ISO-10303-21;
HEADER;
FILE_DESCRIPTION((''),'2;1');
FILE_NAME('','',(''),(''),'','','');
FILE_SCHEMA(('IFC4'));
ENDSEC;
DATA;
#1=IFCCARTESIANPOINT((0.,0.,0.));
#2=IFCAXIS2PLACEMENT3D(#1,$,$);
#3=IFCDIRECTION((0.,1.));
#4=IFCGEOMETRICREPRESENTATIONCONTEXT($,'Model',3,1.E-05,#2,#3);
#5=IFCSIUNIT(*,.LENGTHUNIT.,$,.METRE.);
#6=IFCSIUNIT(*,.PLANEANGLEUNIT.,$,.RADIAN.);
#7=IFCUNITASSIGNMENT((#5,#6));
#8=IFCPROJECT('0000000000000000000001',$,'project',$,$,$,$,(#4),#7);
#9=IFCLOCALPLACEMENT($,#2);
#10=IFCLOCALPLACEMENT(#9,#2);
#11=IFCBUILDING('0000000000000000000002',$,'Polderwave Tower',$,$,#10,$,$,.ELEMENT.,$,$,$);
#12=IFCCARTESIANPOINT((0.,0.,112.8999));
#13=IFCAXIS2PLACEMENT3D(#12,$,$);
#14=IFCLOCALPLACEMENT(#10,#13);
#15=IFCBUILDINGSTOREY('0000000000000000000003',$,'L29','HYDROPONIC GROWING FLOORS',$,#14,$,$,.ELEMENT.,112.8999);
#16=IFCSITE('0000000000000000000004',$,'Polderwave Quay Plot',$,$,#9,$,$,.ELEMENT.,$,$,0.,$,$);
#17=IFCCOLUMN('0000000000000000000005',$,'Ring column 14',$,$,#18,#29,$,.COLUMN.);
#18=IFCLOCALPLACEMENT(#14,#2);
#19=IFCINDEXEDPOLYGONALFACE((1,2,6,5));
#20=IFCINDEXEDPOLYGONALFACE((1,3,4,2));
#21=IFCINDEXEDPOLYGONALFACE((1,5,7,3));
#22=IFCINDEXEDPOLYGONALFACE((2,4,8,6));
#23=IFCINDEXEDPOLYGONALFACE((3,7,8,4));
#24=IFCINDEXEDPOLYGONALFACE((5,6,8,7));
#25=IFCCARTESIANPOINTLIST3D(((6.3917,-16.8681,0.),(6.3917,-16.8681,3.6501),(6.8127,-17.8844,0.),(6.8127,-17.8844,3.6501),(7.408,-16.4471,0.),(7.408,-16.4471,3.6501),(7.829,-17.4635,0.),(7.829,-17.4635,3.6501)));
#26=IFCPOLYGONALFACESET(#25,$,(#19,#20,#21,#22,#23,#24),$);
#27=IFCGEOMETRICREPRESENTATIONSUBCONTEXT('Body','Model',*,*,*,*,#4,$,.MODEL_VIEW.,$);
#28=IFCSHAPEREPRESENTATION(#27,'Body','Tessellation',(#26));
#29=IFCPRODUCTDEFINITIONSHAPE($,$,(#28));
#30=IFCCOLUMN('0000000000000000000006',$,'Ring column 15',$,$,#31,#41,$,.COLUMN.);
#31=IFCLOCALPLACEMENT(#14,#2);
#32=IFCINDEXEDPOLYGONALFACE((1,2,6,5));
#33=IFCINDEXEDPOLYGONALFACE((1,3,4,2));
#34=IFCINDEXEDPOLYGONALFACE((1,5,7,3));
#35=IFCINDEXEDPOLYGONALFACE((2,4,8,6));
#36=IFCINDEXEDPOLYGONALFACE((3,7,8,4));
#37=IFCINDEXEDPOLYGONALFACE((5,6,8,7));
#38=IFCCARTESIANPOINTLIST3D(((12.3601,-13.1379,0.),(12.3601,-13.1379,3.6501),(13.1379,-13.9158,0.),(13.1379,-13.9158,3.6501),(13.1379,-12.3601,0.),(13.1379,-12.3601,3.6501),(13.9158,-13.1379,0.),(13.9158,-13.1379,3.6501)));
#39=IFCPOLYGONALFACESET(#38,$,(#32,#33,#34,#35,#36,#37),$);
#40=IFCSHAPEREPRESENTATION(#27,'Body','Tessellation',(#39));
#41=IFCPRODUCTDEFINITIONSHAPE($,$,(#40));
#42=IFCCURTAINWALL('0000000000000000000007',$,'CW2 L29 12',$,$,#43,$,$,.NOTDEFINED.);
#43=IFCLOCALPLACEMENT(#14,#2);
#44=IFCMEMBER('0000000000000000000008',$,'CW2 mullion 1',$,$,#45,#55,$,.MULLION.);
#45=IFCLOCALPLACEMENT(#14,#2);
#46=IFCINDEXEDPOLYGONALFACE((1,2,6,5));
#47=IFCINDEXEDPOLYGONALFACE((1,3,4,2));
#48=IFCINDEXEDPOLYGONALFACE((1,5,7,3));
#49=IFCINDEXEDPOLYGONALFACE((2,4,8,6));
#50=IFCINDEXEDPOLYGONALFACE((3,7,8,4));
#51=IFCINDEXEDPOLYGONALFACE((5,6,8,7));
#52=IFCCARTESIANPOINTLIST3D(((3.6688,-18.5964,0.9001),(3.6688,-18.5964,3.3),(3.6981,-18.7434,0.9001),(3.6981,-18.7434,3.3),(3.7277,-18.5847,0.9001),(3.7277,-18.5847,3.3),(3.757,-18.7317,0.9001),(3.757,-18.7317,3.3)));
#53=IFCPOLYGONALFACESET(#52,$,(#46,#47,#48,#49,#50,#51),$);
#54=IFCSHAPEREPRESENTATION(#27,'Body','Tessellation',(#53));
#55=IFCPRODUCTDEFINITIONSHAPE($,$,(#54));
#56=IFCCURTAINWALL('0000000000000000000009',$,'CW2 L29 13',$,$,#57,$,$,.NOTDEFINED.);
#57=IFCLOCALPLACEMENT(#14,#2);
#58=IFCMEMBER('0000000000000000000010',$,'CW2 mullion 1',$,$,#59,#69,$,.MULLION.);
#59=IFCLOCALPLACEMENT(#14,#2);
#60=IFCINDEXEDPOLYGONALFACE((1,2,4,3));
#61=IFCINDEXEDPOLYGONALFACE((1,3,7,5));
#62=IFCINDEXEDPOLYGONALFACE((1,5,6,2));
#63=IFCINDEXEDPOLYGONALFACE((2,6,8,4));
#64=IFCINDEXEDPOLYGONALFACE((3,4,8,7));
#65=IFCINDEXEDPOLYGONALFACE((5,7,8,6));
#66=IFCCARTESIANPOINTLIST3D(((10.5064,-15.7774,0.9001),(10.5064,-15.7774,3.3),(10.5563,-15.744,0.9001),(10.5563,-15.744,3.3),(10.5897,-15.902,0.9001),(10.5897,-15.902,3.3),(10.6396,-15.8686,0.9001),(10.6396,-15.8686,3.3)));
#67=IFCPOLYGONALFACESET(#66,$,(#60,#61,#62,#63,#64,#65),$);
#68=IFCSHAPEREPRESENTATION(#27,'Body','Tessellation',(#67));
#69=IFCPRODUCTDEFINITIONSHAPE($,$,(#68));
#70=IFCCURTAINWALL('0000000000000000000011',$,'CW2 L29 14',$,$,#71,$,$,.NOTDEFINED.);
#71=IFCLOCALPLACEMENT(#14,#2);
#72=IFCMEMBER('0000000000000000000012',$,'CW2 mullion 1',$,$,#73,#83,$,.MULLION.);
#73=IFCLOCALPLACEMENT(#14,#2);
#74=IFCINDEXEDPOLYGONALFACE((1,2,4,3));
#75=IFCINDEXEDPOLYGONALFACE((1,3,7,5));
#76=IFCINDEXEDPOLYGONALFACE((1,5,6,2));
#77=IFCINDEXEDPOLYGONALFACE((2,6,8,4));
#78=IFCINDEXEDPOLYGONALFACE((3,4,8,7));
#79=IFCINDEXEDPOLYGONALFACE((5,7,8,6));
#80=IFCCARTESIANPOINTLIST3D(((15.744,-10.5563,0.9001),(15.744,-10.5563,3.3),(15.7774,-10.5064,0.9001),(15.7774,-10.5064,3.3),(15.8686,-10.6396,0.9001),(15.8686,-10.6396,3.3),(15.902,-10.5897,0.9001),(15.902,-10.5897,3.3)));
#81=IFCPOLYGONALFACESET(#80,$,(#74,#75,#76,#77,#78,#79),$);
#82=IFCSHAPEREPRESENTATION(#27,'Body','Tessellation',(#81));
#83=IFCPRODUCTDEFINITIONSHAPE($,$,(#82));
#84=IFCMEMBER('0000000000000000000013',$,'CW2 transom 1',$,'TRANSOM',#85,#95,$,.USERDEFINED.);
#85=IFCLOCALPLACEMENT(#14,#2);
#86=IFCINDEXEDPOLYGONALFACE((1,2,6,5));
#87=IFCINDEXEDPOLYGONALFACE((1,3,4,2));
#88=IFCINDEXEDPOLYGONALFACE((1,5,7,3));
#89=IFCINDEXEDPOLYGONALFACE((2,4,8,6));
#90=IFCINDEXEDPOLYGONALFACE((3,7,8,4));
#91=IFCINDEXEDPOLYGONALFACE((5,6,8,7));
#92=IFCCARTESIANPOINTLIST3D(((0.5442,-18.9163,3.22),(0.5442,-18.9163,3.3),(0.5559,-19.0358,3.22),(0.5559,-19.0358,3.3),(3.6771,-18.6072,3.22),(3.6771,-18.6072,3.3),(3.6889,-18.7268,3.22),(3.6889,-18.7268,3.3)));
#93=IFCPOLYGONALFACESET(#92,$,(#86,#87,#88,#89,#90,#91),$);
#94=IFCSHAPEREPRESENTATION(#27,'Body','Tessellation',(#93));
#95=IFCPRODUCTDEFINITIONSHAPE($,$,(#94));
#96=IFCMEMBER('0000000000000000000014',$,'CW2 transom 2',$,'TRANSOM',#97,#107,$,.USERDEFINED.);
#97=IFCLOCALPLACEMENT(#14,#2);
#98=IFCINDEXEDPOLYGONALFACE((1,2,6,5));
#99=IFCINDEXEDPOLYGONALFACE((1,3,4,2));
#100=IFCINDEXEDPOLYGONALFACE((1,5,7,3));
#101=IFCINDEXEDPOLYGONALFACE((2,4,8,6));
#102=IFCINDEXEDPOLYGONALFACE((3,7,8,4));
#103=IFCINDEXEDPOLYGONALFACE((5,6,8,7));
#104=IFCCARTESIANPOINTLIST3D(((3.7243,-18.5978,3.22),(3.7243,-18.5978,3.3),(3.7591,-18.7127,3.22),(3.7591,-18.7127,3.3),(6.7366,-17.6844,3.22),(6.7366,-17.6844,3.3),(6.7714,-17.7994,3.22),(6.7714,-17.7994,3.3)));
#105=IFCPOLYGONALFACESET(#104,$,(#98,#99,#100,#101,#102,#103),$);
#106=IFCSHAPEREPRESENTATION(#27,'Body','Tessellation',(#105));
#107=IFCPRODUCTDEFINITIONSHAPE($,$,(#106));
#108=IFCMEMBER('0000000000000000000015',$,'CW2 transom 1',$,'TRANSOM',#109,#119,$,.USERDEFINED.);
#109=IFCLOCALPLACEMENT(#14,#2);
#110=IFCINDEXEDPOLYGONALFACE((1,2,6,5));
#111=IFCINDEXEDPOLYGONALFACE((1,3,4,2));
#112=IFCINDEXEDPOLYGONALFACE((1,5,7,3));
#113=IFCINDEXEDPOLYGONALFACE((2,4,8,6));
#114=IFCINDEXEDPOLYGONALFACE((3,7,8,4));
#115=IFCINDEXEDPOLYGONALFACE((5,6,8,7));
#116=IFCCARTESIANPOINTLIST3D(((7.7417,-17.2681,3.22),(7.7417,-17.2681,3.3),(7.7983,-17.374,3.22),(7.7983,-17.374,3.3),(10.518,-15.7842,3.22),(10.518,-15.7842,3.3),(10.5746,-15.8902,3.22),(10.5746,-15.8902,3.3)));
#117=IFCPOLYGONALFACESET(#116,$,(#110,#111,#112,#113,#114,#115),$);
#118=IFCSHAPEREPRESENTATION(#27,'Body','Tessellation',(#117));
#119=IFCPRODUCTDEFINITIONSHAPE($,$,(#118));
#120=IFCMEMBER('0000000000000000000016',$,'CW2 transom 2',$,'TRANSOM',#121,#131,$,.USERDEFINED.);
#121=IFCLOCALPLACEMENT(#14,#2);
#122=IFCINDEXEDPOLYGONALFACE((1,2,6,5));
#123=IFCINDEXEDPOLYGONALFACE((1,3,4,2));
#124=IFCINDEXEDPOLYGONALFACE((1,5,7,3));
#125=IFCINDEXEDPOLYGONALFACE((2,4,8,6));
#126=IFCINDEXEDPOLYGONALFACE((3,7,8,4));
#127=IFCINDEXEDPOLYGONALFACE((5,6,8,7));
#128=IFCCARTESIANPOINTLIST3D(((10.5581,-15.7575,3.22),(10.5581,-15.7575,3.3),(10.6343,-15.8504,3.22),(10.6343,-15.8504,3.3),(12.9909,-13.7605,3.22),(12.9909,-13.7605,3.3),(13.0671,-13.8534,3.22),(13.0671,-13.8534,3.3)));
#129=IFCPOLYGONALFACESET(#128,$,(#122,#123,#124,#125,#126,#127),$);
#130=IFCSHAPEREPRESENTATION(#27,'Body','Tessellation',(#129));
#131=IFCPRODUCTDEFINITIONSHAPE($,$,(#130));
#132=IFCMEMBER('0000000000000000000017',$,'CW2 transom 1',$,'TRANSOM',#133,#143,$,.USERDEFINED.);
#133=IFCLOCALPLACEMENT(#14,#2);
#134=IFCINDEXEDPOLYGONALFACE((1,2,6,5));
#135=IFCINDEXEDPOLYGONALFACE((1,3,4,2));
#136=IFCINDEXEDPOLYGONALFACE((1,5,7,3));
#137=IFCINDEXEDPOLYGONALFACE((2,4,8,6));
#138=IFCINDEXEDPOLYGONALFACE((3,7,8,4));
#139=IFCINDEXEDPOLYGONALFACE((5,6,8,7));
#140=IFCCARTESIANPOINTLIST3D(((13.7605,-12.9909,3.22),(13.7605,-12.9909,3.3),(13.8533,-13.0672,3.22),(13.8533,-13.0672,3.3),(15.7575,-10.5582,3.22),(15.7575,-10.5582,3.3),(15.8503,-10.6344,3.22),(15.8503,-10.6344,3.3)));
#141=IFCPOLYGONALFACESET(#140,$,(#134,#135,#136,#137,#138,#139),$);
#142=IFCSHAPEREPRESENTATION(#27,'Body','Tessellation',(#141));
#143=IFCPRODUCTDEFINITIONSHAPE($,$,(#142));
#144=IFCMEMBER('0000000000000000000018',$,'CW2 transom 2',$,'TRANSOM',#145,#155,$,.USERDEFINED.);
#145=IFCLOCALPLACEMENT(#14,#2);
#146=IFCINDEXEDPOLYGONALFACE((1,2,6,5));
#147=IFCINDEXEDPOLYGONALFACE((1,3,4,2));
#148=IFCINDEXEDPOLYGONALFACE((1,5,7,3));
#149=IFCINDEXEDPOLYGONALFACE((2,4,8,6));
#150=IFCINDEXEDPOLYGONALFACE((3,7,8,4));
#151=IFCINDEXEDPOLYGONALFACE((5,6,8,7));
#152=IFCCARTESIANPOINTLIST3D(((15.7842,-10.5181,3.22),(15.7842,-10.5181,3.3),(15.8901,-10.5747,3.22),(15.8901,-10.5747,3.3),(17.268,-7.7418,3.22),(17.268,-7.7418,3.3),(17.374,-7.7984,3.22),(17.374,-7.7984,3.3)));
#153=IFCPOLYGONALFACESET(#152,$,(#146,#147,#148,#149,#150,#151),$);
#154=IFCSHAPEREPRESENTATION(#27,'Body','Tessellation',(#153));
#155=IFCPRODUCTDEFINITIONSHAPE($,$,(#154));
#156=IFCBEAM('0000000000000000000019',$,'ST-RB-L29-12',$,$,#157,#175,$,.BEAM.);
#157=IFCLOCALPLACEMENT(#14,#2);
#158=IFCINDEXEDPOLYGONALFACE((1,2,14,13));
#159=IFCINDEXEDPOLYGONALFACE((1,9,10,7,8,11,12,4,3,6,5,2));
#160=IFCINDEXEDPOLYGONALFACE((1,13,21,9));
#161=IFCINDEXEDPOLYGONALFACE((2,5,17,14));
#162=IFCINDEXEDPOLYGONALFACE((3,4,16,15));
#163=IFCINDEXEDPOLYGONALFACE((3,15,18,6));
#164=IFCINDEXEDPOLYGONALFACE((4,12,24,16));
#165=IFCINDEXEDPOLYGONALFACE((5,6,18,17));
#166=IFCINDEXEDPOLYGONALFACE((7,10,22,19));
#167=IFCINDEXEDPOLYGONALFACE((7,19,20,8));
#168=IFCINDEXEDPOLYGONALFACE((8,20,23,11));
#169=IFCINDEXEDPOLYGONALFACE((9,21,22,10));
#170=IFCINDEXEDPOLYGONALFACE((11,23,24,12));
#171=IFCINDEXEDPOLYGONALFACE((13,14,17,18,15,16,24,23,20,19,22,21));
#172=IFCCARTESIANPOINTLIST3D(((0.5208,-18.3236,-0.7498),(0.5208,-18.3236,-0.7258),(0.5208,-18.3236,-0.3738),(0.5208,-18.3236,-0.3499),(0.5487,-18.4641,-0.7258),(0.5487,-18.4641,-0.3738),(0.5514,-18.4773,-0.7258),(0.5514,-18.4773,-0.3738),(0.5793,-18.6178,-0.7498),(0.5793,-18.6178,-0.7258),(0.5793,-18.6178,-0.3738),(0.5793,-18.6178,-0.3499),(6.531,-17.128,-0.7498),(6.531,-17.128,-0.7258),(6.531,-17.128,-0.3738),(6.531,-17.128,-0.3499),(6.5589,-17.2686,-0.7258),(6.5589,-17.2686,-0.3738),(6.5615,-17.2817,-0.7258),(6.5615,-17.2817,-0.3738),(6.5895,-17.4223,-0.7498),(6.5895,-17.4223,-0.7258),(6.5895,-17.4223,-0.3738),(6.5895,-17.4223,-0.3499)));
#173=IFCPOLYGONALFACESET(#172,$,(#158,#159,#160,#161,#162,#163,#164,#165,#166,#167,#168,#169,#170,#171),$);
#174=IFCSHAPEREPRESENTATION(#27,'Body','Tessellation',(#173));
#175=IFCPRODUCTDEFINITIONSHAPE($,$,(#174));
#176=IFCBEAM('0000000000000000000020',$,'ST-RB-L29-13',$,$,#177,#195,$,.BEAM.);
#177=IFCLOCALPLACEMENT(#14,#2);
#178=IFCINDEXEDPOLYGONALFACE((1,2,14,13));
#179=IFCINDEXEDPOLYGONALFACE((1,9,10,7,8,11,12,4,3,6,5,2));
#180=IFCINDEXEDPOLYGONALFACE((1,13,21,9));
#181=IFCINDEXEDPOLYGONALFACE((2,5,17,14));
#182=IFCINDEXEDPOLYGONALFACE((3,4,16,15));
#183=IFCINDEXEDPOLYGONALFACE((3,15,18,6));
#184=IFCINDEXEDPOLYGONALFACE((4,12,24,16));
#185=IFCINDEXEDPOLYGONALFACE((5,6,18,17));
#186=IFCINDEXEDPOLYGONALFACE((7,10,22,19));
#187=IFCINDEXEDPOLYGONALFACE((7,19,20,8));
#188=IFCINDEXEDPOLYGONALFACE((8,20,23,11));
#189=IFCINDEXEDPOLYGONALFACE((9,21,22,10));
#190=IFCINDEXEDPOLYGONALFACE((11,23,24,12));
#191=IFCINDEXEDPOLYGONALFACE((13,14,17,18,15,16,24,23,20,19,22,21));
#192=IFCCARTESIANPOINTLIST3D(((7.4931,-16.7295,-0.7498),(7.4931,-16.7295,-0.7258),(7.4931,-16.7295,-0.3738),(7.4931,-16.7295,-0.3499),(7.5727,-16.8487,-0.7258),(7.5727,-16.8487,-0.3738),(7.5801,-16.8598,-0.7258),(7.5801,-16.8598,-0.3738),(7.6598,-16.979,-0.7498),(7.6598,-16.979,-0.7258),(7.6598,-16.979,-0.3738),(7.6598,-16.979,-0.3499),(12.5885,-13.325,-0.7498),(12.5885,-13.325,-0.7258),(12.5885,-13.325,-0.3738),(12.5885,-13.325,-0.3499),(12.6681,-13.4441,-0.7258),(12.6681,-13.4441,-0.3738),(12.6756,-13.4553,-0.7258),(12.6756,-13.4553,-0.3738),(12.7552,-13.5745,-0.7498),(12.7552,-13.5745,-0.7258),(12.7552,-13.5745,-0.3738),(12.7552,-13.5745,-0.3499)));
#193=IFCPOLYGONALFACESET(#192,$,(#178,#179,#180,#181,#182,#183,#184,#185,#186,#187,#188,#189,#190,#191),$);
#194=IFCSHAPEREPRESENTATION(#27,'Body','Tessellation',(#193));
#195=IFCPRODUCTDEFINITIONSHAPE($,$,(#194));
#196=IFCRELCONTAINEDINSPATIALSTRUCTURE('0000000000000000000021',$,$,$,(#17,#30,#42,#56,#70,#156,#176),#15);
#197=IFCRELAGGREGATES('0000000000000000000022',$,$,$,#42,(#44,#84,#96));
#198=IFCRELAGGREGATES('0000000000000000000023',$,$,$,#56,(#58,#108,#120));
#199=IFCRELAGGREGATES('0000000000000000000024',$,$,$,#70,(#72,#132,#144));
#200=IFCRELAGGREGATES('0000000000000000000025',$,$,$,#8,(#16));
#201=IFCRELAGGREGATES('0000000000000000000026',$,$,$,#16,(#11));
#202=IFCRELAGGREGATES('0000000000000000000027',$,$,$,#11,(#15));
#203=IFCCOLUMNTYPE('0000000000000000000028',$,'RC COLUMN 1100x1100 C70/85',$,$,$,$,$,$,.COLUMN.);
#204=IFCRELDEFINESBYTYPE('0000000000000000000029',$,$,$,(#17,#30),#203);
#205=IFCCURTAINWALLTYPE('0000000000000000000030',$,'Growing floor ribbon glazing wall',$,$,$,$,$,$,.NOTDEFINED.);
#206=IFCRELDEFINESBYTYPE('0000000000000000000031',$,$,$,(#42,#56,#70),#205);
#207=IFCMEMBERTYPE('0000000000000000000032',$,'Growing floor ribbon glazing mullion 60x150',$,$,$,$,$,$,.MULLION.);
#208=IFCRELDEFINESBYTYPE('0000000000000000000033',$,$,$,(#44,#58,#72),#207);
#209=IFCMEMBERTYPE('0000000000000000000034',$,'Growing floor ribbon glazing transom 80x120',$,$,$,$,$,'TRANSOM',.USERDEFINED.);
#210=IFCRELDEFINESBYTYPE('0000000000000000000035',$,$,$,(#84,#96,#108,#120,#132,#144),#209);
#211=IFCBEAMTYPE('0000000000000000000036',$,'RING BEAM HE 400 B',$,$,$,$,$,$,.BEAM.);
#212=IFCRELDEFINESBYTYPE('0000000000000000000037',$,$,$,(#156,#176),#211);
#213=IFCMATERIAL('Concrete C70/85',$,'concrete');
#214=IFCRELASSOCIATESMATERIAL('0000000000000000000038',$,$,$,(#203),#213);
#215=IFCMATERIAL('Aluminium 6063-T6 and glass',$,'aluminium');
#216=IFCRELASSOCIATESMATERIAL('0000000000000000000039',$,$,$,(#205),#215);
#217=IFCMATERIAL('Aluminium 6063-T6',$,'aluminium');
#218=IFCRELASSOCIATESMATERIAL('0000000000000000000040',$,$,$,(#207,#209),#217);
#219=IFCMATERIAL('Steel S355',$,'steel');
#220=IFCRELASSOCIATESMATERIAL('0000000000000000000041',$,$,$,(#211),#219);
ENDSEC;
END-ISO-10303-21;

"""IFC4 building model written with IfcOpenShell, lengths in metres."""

from ifc_helpers import new_model, si_unit, direction, frame, origin, origin_2d, place, context, subcontext, project, spatial, rectangle, i_section, extrude, material, material_profile, profile_set, type_object, element, aggregate, save


model = new_model("IFC4")

# Units and contexts
model_context = context("Model", 3, precision=1e-05, world=origin(), true_north=direction((0.0, 1.0)))
body_context = subcontext(model_context, "Body", "Model", "MODEL_VIEW")
ifc_project = project(units=[si_unit("LENGTHUNIT", "METRE"), si_unit("PLANEANGLEUNIT", "RADIAN")], contexts=[model_context])

# Site, building, storey
site_placement = place(None, origin())
site = spatial("IfcSite", under=ifc_project, at=site_placement, Name="Polderwave Quay Plot", CompositionType="ELEMENT", RefElevation=0.0)
building_placement = place(site_placement, origin())
building = spatial("IfcBuilding", under=site, at=building_placement, Name="Polderwave Tower", CompositionType="ELEMENT")
storey_placement = place(building_placement, frame((0.0, 0.0, 112.8999)))
storey = spatial("IfcBuildingStorey", under=building, at=storey_placement, Name="L29", Description="HYDROPONIC GROWING FLOORS", CompositionType="ELEMENT", Elevation=112.8999)

# Columns
ifc_material_1 = material(Name="Concrete C70/85", Category="concrete")
ifc_material_profile_1 = material_profile(ifc_material_1, rectangle(XDim=1.1001, YDim=1.1001, at=origin_2d()), Name="RC 1100x1100")
ifc_profile_set_1 = profile_set([ifc_material_profile_1], Name="Concrete C70/85")
column_type = type_object("IfcColumnType", Name="RC COLUMN 1100x1100 C70/85", PredefinedType="COLUMN", material=ifc_profile_set_1)
for number, where, z_axis, x_axis, name in (
    (1, (7.1104, -17.1658, 0.0), (0.0, 0.0, 1.0), (0.382683, -0.92388, 0.0), "Ring column 14"),
    (2, (13.1379, -13.1379, 0.0), (0.0, 0.0, 1.0), (0.707107, -0.707107, 0.0), "Ring column 15"),
):
    element("IfcColumn", number, at=place(storey_placement, frame(where, z_axis=z_axis, x_axis=x_axis)), inside=storey, type_object=column_type, Name=name, PredefinedType="COLUMN", context=body_context, shape_type="SweptSolid", body=[
        extrude(rectangle(XDim=1.1001, YDim=1.1001, at=origin_2d()), origin(), (0.0, 0.0, 1.0), 3.6501),
    ])

# Curtain walls, members
ifc_material_2 = material(Name="Aluminium 6063-T6 and glass", Category="aluminium")
curtain_wall_type = type_object("IfcCurtainWallType", Name="Growing floor ribbon glazing wall", PredefinedType="NOTDEFINED", material=ifc_material_2)
curtain_wall_1_placement = place(storey_placement, origin())
curtain_wall_1 = element("IfcCurtainWall", 3, at=curtain_wall_1_placement, inside=storey, type_object=curtain_wall_type, Name="CW2 L29 12", PredefinedType="NOTDEFINED")
ifc_material_3 = material(Name="Aluminium 6063-T6", Category="aluminium")
ifc_material_profile_2 = material_profile(ifc_material_3, rectangle(XDim=0.1499, YDim=0.0601, at=origin_2d()), Name="AL 60x150")
ifc_profile_set_2 = profile_set([ifc_material_profile_2], Name="Aluminium 6063-T6")
member_type_1 = type_object("IfcMemberType", Name="Growing floor ribbon glazing mullion 60x150", PredefinedType="MULLION", material=ifc_profile_set_2)
member_1_placement = place(storey_placement, frame((3.7129, -18.6641, 0.9001), z_axis=(0.0, 0.0, 1.0), x_axis=(-0.195092, 0.980785, 0.0)))
member_1 = element("IfcMember", 4, at=member_1_placement, type_object=member_type_1, Name="CW2 mullion 1", PredefinedType="MULLION", context=body_context, shape_type="SweptSolid", body=[
    extrude(rectangle(XDim=0.1499, YDim=0.0601, at=origin_2d()), origin(), (0.0, 0.0, 1.0), 2.3999),
])
curtain_wall_2_placement = place(storey_placement, origin())
curtain_wall_2 = element("IfcCurtainWall", 5, at=curtain_wall_2_placement, inside=storey, type_object=curtain_wall_type, Name="CW2 L29 13", PredefinedType="NOTDEFINED")
member_2_placement = place(storey_placement, frame((10.573, -15.823, 0.9001), z_axis=(0.0, 0.0, 1.0), x_axis=(-0.555585, 0.83146, 0.0)))
member_2 = element("IfcMember", 6, at=member_2_placement, type_object=member_type_1, Name="CW2 mullion 1", PredefinedType="MULLION", context=body_context, shape_type="SweptSolid", body=[
    extrude(rectangle(XDim=0.1499, YDim=0.0601, at=origin_2d()), origin(), (0.0, 0.0, 1.0), 2.3999),
])
curtain_wall_3_placement = place(storey_placement, origin())
curtain_wall_3 = element("IfcCurtainWall", 7, at=curtain_wall_3_placement, inside=storey, type_object=curtain_wall_type, Name="CW2 L29 14", PredefinedType="NOTDEFINED")
member_3_placement = place(storey_placement, frame((15.823, -10.573, 0.9001), z_axis=(0.0, 0.0, 1.0), x_axis=(-0.83146, 0.555585, 0.0)))
member_3 = element("IfcMember", 8, at=member_3_placement, type_object=member_type_1, Name="CW2 mullion 1", PredefinedType="MULLION", context=body_context, shape_type="SweptSolid", body=[
    extrude(rectangle(XDim=0.1499, YDim=0.0601, at=origin_2d()), origin(), (0.0, 0.0, 1.0), 2.3999),
])

# Members
ifc_material_profile_3 = material_profile(ifc_material_3, rectangle(XDim=0.1201, YDim=0.0801, at=origin_2d()), Name="AL 80x120")
ifc_profile_set_3 = profile_set([ifc_material_profile_3], Name="Aluminium 6063-T6")
member_type_2 = type_object("IfcMemberType", Name="Growing floor ribbon glazing transom 80x120", ElementType="TRANSOM", PredefinedType="USERDEFINED", material=ifc_profile_set_3)
member_4_placement = place(storey_placement, frame((0.55, -18.9761, 3.26), z_axis=(0.995169, 0.098175, 0.0), x_axis=(-0.098175, 0.995169, 0.0)))
member_4 = element("IfcMember", 9, at=member_4_placement, type_object=member_type_2, Name="CW2 transom 1", ObjectType="TRANSOM", PredefinedType="USERDEFINED", context=body_context, shape_type="SweptSolid", body=[
    extrude(rectangle(XDim=0.1201, YDim=0.0801, at=origin_2d()), origin(), (0.0, 0.0, 1.0), 3.1482),
])
member_5_placement = place(storey_placement, frame((3.7417, -18.6553, 3.26), z_axis=(0.956977, 0.290165, 0.0), x_axis=(-0.290165, 0.956977, 0.0)))
member_5 = element("IfcMember", 10, at=member_5_placement, type_object=member_type_2, Name="CW2 transom 2", ObjectType="TRANSOM", PredefinedType="USERDEFINED", context=body_context, shape_type="SweptSolid", body=[
    extrude(rectangle(XDim=0.1201, YDim=0.0801, at=origin_2d()), origin(), (0.0, 0.0, 1.0), 3.1477),
])
member_6_placement = place(storey_placement, frame((7.77, -17.321, 3.26), z_axis=(0.881936, 0.471369, 0.0), x_axis=(-0.471369, 0.881936, 0.0)))
member_6 = element("IfcMember", 11, at=member_6_placement, type_object=member_type_2, Name="CW2 transom 1", ObjectType="TRANSOM", PredefinedType="USERDEFINED", context=body_context, shape_type="SweptSolid", body=[
    extrude(rectangle(XDim=0.1201, YDim=0.0801, at=origin_2d()), origin(), (0.0, 0.0, 1.0), 3.1479),
])
member_7_placement = place(storey_placement, frame((10.5962, -15.804, 3.26), z_axis=(0.772937, 0.634483, 0.0), x_axis=(-0.634483, 0.772937, 0.0)))
member_7 = element("IfcMember", 12, at=member_7_placement, type_object=member_type_2, Name="CW2 transom 2", ObjectType="TRANSOM", PredefinedType="USERDEFINED", context=body_context, shape_type="SweptSolid", body=[
    extrude(rectangle(XDim=0.1201, YDim=0.0801, at=origin_2d()), origin(), (0.0, 0.0, 1.0), 3.1475),
])
member_8_placement = place(storey_placement, frame((13.8069, -13.0291, 3.26), z_axis=(0.634483, 0.772937, 0.0), x_axis=(-0.772937, 0.634483, 0.0)))
member_8 = element("IfcMember", 13, at=member_8_placement, type_object=member_type_2, Name="CW2 transom 1", ObjectType="TRANSOM", PredefinedType="USERDEFINED", context=body_context, shape_type="SweptSolid", body=[
    extrude(rectangle(XDim=0.1201, YDim=0.0801, at=origin_2d()), origin(), (0.0, 0.0, 1.0), 3.1475),
])
member_9_placement = place(storey_placement, frame((15.8372, -10.5464, 3.26), z_axis=(0.471369, 0.881936, 0.0), x_axis=(-0.881936, 0.471369, 0.0)))
member_9 = element("IfcMember", 14, at=member_9_placement, type_object=member_type_2, Name="CW2 transom 2", ObjectType="TRANSOM", PredefinedType="USERDEFINED", context=body_context, shape_type="SweptSolid", body=[
    extrude(rectangle(XDim=0.1201, YDim=0.0801, at=origin_2d()), origin(), (0.0, 0.0, 1.0), 3.1479),
])

# Beams
ifc_material_4 = material(Name="Steel S355", Category="steel")
ifc_material_profile_4 = material_profile(ifc_material_4, i_section(OverallWidth=0.3, OverallDepth=0.3999, WebThickness=0.0134, FlangeThickness=0.0239, at=origin_2d()), Name="HE 400 B")
ifc_profile_set_4 = profile_set([ifc_material_profile_4], Name="Steel S355")
beam_type = type_object("IfcBeamType", Name="RING BEAM HE 400 B", PredefinedType="BEAM", material=ifc_profile_set_4)
beam_placement = place(storey_placement, frame((0.55, -18.4707, -0.5498), z_axis=(0.980784, 0.195097, 0.0), x_axis=(-0.195097, 0.980784, 0.0)))
element("IfcBeam", 15, at=beam_placement, inside=storey, type_object=beam_type, Name="ST-RB-L29-12", PredefinedType="BEAM", context=body_context, shape_type="SweptSolid", body=[
    extrude(i_section(OverallWidth=0.3, OverallDepth=0.3999, WebThickness=0.0134, FlangeThickness=0.0239, at=origin_2d()), origin(), (0.0, 0.0, 1.0), 6.1279),
])
for number, where, z_axis, x_axis, name in (
    (16, (7.5764, -16.8542, -0.5498), (0.83148, 0.555555, 0.0), (-0.555555, 0.83148, 0.0), "ST-RB-L29-13"),
):
    element("IfcBeam", number, at=place(storey_placement, frame(where, z_axis=z_axis, x_axis=x_axis)), inside=storey, type_object=beam_type, Name=name, PredefinedType="BEAM", context=body_context, shape_type="SweptSolid", body=[
        extrude(i_section(OverallWidth=0.3, OverallDepth=0.3999, WebThickness=0.0134, FlangeThickness=0.0239, at=origin_2d()), origin(), (0.0, 0.0, 1.0), 6.1282),
    ])

aggregate(curtain_wall_1, [member_1, member_4, member_5])
aggregate(curtain_wall_2, [member_2, member_6, member_7])
aggregate(curtain_wall_3, [member_3, member_8, member_9])

save(model, "model.ifc")
